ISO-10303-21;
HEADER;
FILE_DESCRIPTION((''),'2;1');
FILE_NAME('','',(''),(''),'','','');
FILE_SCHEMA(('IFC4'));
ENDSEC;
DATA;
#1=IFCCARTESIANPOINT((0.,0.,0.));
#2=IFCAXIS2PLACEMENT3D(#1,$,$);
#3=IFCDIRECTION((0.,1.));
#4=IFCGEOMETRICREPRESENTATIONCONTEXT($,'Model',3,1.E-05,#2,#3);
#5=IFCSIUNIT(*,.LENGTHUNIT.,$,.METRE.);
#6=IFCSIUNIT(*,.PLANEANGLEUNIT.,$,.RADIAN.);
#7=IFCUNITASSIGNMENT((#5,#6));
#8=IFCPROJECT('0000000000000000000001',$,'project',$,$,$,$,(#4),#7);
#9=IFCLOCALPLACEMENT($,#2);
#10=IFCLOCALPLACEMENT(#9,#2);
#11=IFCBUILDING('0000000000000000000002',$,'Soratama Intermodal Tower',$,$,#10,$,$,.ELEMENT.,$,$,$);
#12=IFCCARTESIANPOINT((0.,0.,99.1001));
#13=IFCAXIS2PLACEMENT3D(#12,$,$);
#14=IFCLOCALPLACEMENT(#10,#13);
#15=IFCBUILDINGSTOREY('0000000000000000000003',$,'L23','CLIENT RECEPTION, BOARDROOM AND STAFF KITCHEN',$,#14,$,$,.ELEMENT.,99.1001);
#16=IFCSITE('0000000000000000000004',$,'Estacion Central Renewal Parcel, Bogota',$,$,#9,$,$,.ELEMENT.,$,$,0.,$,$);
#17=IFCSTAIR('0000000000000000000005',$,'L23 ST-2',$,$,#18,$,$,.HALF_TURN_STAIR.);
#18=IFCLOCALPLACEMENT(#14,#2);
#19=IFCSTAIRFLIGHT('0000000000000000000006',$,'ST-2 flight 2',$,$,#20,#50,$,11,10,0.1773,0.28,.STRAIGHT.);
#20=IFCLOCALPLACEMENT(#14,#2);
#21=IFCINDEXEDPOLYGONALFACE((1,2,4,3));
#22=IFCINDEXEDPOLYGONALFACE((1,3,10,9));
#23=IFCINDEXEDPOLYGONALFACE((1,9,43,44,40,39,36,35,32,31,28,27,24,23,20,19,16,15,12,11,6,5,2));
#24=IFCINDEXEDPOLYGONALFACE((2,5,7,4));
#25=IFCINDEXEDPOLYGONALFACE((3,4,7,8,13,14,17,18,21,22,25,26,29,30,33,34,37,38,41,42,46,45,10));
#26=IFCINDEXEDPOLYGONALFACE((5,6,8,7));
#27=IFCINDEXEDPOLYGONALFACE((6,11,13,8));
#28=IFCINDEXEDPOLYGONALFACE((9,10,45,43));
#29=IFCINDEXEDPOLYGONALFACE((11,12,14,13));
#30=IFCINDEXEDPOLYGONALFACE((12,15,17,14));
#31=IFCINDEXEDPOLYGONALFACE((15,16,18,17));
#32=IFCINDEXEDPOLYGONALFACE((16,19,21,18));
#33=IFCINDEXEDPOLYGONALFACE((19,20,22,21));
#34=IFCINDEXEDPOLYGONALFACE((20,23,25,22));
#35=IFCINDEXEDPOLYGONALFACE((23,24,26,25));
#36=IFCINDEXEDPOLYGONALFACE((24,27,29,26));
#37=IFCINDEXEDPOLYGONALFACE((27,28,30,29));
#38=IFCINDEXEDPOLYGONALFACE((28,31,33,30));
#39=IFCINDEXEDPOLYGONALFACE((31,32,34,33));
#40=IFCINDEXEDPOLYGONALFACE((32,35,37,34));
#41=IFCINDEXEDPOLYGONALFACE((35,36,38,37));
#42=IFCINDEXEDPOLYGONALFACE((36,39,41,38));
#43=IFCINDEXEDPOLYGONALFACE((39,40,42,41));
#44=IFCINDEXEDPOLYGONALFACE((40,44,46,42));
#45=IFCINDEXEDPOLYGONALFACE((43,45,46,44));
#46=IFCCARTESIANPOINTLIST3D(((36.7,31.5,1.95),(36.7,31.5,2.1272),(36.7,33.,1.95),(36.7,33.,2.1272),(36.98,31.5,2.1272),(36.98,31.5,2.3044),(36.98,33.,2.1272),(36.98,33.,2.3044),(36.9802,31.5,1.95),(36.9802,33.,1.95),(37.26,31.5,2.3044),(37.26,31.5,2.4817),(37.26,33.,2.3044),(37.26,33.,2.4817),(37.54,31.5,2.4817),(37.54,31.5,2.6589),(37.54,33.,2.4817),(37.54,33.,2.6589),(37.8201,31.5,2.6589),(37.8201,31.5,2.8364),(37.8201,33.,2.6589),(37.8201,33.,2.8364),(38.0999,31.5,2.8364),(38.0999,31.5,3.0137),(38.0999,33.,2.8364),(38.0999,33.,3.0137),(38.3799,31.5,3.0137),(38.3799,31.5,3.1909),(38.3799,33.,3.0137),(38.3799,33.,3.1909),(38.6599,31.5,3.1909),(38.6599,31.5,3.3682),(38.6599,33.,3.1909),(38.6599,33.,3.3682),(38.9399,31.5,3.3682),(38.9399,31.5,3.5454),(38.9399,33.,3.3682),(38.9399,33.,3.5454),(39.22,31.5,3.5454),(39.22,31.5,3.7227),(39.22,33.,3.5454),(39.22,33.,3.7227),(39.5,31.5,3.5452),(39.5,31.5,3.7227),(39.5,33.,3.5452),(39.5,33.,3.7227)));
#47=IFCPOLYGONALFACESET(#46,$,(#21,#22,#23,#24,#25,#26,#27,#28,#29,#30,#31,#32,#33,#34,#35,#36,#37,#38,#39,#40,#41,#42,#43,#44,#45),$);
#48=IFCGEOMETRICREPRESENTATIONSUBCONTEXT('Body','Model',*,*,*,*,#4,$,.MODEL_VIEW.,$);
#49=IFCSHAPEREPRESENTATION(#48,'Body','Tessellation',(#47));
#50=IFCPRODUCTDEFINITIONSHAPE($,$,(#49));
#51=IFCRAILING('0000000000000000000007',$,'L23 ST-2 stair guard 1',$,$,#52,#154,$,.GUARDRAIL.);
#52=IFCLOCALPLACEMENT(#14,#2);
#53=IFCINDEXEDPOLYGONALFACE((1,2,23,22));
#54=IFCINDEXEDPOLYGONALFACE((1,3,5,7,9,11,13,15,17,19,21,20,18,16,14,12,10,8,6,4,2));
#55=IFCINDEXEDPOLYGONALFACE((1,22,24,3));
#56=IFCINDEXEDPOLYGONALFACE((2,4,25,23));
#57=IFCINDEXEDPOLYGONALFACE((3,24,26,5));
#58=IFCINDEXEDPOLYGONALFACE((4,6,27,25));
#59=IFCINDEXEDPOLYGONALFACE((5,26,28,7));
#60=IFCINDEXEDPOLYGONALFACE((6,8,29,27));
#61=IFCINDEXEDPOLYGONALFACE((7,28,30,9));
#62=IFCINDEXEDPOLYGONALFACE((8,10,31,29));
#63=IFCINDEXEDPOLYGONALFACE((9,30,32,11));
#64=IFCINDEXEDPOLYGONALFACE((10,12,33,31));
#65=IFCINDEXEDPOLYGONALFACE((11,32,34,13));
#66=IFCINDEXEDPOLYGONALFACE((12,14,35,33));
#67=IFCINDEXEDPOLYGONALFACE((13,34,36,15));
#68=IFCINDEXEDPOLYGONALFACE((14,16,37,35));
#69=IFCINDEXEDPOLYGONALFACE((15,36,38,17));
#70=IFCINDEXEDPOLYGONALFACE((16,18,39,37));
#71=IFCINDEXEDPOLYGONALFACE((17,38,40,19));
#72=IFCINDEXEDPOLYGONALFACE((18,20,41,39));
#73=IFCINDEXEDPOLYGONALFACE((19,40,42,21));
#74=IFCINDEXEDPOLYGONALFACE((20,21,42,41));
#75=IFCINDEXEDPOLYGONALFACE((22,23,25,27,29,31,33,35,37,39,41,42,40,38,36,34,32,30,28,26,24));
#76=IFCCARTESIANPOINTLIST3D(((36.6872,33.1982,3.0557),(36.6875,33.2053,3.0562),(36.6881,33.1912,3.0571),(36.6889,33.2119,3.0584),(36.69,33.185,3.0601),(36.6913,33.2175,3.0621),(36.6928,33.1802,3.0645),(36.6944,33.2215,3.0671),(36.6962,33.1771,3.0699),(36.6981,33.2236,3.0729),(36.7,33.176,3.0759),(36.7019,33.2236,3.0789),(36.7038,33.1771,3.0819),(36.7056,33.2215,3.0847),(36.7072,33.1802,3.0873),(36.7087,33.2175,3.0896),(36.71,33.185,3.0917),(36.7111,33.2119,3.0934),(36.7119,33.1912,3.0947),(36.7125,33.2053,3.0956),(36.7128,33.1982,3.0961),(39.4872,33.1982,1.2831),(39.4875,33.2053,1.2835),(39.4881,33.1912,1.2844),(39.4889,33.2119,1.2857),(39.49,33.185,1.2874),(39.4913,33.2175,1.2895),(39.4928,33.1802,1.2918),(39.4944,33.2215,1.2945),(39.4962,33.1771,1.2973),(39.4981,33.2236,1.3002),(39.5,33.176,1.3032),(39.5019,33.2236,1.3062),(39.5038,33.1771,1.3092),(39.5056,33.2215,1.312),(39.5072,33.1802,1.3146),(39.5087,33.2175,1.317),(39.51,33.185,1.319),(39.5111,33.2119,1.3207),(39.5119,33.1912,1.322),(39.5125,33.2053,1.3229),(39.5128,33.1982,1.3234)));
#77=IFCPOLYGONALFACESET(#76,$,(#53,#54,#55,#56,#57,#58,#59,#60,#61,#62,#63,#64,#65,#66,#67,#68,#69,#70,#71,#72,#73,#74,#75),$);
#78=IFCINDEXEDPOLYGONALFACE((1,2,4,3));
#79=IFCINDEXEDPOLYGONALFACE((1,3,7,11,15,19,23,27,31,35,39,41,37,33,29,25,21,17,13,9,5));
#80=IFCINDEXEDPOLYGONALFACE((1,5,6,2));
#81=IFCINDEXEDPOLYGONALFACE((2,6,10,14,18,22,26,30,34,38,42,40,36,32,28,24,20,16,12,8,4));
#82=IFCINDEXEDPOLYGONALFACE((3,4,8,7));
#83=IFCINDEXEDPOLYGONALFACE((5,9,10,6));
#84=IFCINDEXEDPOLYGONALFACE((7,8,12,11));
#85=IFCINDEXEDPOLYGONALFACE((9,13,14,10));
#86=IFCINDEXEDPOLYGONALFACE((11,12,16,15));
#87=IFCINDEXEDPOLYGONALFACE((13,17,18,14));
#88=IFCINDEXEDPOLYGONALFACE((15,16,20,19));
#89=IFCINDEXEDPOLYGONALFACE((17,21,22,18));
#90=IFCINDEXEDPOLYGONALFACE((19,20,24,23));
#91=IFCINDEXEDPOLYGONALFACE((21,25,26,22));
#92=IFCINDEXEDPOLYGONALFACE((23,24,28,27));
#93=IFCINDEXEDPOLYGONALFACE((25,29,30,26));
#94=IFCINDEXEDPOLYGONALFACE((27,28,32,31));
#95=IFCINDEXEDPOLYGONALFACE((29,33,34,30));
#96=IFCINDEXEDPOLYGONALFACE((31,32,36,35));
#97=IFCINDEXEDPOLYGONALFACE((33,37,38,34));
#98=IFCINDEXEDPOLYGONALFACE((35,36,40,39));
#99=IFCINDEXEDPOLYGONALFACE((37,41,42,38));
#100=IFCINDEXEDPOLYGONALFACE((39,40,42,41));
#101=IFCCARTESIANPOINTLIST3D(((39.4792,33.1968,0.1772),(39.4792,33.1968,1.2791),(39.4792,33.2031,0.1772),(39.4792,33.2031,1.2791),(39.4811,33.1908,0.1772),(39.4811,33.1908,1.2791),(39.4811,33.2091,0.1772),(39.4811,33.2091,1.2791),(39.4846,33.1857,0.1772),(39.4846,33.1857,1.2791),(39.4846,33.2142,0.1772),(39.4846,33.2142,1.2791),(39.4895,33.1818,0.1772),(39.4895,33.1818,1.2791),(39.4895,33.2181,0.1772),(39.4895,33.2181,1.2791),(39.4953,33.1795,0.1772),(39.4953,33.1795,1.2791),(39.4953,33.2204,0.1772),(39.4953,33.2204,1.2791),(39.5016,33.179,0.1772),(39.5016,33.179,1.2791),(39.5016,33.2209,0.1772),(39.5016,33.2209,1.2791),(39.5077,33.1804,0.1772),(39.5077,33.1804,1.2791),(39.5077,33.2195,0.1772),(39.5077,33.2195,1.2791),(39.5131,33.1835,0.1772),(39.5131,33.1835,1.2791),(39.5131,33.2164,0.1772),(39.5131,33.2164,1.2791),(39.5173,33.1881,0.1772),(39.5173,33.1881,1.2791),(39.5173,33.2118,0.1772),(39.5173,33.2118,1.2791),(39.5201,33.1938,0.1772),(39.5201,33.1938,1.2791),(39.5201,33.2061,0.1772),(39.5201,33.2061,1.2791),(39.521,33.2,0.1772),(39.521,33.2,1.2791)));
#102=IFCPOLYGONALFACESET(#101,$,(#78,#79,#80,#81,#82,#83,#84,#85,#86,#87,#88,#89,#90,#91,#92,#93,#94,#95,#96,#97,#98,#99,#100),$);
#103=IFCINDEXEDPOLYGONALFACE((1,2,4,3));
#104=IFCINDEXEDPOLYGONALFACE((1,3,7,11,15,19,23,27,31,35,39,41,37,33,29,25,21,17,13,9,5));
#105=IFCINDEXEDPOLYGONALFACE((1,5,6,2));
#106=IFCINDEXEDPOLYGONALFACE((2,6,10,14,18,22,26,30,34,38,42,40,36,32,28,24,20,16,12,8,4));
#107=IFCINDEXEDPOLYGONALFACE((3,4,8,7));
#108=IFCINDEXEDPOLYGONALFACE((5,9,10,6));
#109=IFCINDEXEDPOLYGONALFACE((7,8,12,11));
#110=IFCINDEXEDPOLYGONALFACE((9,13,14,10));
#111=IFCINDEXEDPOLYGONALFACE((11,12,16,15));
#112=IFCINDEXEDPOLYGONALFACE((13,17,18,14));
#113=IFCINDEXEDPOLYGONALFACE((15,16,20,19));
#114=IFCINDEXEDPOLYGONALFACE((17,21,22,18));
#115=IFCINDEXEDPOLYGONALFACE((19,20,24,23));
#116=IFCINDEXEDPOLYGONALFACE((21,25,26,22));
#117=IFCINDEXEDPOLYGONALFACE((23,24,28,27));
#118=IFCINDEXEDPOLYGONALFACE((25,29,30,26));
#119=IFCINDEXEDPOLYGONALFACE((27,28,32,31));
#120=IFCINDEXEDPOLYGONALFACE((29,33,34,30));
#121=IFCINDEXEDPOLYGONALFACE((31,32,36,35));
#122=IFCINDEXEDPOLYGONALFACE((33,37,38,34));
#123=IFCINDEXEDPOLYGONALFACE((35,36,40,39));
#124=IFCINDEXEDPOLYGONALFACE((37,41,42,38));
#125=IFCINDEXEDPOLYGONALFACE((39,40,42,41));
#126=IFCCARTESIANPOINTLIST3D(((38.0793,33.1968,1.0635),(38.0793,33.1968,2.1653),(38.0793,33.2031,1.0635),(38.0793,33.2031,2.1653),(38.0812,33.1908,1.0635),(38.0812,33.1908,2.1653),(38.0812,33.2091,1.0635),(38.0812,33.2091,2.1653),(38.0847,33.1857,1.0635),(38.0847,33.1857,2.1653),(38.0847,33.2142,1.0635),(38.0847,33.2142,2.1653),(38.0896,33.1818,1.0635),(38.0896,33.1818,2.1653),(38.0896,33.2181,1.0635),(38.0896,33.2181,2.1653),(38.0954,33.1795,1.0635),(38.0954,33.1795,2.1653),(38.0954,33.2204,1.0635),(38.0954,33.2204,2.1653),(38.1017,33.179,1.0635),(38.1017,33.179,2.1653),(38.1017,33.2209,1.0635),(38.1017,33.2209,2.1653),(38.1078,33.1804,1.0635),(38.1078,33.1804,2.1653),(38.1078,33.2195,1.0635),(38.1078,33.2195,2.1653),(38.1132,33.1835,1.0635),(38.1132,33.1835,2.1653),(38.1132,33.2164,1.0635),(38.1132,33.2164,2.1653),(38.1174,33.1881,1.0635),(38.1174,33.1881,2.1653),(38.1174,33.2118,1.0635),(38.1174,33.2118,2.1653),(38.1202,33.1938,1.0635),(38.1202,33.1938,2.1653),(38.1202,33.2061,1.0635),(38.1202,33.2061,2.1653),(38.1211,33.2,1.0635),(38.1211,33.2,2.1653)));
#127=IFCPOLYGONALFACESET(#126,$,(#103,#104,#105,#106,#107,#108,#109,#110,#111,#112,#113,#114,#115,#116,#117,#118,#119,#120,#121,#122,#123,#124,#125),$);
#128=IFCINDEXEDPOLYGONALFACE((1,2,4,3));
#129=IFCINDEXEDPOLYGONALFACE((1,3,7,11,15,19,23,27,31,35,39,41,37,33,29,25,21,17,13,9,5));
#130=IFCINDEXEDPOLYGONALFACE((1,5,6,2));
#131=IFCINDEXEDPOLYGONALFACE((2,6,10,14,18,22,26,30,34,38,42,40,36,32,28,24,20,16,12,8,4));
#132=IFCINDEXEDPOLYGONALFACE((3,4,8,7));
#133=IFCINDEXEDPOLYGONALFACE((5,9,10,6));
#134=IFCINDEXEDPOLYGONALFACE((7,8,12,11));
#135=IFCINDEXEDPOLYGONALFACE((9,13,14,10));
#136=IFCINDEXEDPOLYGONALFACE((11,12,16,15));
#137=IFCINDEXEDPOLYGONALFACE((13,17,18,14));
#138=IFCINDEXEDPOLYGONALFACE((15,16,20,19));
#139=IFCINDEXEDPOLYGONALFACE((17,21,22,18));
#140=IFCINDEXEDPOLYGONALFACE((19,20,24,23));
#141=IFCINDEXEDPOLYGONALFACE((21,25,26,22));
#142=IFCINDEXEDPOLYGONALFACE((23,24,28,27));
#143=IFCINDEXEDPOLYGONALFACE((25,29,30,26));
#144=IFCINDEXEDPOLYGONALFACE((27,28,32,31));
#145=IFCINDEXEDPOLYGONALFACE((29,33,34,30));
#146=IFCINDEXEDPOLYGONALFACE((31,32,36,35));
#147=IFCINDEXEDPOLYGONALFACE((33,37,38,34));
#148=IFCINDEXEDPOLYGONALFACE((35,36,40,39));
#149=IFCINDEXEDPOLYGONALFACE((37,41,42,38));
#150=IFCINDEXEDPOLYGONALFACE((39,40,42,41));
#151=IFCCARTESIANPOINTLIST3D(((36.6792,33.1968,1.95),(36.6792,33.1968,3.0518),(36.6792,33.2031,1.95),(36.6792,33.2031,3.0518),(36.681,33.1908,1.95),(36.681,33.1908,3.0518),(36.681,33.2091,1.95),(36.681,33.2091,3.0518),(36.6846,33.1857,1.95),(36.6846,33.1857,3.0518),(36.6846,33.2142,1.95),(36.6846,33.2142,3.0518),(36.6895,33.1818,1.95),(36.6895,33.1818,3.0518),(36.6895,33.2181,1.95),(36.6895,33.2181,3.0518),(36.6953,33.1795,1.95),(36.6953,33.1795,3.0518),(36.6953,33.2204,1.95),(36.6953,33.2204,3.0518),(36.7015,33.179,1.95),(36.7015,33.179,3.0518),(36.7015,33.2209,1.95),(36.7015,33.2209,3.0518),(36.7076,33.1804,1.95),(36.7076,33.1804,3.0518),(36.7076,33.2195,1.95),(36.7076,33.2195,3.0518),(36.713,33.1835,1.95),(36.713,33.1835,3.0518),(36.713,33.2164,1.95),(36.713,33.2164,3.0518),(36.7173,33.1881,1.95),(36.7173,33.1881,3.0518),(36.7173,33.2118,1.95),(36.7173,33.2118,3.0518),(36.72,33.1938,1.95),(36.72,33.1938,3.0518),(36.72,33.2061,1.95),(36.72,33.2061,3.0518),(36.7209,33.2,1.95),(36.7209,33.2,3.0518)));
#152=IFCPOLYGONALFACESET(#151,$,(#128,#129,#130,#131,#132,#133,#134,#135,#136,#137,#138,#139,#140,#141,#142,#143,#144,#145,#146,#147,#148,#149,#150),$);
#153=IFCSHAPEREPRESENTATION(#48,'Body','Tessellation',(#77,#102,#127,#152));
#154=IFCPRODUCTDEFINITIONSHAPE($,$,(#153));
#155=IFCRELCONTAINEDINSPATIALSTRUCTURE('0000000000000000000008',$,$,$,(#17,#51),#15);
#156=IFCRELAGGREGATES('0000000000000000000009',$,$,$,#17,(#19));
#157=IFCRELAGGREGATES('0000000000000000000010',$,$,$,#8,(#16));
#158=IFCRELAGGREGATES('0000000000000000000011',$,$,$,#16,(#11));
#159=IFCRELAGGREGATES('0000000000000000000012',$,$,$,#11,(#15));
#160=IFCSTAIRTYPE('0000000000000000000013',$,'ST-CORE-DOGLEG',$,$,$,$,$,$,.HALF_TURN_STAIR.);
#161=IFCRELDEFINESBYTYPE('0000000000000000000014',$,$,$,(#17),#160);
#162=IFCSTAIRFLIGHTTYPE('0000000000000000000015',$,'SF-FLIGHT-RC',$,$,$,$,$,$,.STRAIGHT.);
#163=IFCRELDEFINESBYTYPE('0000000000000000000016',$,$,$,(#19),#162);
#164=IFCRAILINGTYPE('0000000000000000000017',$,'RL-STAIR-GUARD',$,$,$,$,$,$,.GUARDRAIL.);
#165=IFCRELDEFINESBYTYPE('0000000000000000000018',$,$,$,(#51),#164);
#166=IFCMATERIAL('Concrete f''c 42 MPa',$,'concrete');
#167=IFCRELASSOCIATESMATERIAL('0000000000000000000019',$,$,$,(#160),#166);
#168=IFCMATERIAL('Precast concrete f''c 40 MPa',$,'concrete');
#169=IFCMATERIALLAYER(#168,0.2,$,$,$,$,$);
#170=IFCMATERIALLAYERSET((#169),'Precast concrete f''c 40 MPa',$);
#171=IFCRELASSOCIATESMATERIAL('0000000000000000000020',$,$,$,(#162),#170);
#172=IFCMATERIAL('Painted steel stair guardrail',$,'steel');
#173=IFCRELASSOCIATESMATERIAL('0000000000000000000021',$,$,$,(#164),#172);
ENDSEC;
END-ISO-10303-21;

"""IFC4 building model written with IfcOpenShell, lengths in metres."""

from ifc_helpers import new_model, si_unit, direction, frame, origin, origin_2d, place, context, subcontext, project, spatial, polyline, circle, outline, extrude, material, layer, layer_set, type_object, element, aggregate, save


model = new_model("IFC4")

# Units and contexts
model_context = context("Model", 3, precision=1e-05, world=origin(), true_north=direction((0.0, 1.0)))
body_context = subcontext(model_context, "Body", "Model", "MODEL_VIEW")
ifc_project = project(units=[si_unit("LENGTHUNIT", "METRE"), si_unit("PLANEANGLEUNIT", "RADIAN")], contexts=[model_context])

# Site, building, storey
site_placement = place(None, origin())
site = spatial("IfcSite", under=ifc_project, at=site_placement, Name="Estacion Central Renewal Parcel, Bogota", CompositionType="ELEMENT", RefElevation=0.0)
building_placement = place(site_placement, origin())
building = spatial("IfcBuilding", under=site, at=building_placement, Name="Soratama Intermodal Tower", CompositionType="ELEMENT")
storey_placement = place(building_placement, frame((0.0, 0.0, 99.1001)))
storey = spatial("IfcBuildingStorey", under=building, at=storey_placement, Name="L23", Description="CLIENT RECEPTION, BOARDROOM AND STAFF KITCHEN", CompositionType="ELEMENT", Elevation=99.1001)

# Stair, stair flight
ifc_material_1 = material(Name="Concrete f'c 42 MPa", Category="concrete")
stair_type = type_object("IfcStairType", Name="ST-CORE-DOGLEG", PredefinedType="HALF_TURN_STAIR", material=ifc_material_1)
stair_placement = place(storey_placement, origin())
stair = element("IfcStair", 1, at=stair_placement, inside=storey, type_object=stair_type, Name="L23 ST-2", PredefinedType="HALF_TURN_STAIR")
ifc_material_2 = material(Name="Precast concrete f'c 40 MPa", Category="concrete")
ifc_layer_1 = layer(ifc_material_2, 0.2)
ifc_layer_set_1 = layer_set([ifc_layer_1], Name="Precast concrete f'c 40 MPa")
stair_flight_type = type_object("IfcStairFlightType", Name="SF-FLIGHT-RC", PredefinedType="STRAIGHT", material=ifc_layer_set_1)
stair_flight_1_placement = place(storey_placement, frame((36.7, 32.25, 1.95), z_axis=(0.0, 0.0, 1.0), x_axis=(1.0, 0.0, 0.0)))
stair_flight_1 = element("IfcStairFlight", 2, at=stair_flight_1_placement, type_object=stair_flight_type, Name="ST-2 flight 2", NumberOfRisers=11, NumberOfTreads=10, PredefinedType="STRAIGHT", RiserHeight=0.1773, TreadLength=0.28, context=body_context, shape_type="SweptSolid", body=[
    extrude(outline(polyline([(0.0, 0.0), (0.0, 0.1772), (0.28, 0.1772), (0.28, 0.3545), (0.5601, 0.3545), (0.5601, 0.5317), (0.8401, 0.5317), (0.8401, 0.709), (1.1201, 0.709), (1.1201, 0.8865), (1.3999, 0.8865), (1.3999, 1.0637), (1.6799, 1.0637), (1.6799, 1.241), (1.96, 1.241), (1.96, 1.4182), (2.24, 1.4182), (2.24, 1.5955), (2.52, 1.5955), (2.52, 1.7727), (2.8, 1.7727), (2.8, 1.95), (2.8, 1.5952), (0.2803, 0.0), (0.0, 0.0)])), frame((0.0, 0.75, 0.0), z_axis=(0.0, -1.0, 0.0), x_axis=(1.0, 0.0, 0.0)), (0.0, 0.0, 1.0), 1.5),
])
aggregate(stair, [stair_flight_1])

# Railing
ifc_material_3 = material(Name="Painted steel stair guardrail", Category="steel")
railing_type_1 = type_object("IfcRailingType", Name="RL-STAIR-GUARD", PredefinedType="GUARDRAIL", material=ifc_material_3)
railing_1_placement = place(storey_placement, frame((39.5, 33.2, 0.1772)))
element("IfcRailing", 3, at=railing_1_placement, inside=storey, type_object=railing_type_1, Name="L23 ST-2 stair guard 1", PredefinedType="GUARDRAIL", context=body_context, shape_type="SweptSolid", body=[
    extrude(circle(Radius=0.0239, at=origin_2d()), frame((0.0, 0.0, 1.126), z_axis=(-0.844909, 0.0, 0.53491), x_axis=(0.0, -1.0, 0.0)), (0.0, 0.0, 1.0), 3.314),
    extrude(circle(Radius=0.021, at=origin_2d()), origin(), (0.0, 0.0, 1.0), 1.1018),
    extrude(circle(Radius=0.021, at=origin_2d()), frame((-1.3999, 0.0, 0.8862)), (0.0, 0.0, 1.0), 1.1018),
    extrude(circle(Radius=0.021, at=origin_2d()), frame((-2.8, 0.0, 1.7727)), (0.0, 0.0, 1.0), 1.1018),
])

save(model, "model.ifc")
